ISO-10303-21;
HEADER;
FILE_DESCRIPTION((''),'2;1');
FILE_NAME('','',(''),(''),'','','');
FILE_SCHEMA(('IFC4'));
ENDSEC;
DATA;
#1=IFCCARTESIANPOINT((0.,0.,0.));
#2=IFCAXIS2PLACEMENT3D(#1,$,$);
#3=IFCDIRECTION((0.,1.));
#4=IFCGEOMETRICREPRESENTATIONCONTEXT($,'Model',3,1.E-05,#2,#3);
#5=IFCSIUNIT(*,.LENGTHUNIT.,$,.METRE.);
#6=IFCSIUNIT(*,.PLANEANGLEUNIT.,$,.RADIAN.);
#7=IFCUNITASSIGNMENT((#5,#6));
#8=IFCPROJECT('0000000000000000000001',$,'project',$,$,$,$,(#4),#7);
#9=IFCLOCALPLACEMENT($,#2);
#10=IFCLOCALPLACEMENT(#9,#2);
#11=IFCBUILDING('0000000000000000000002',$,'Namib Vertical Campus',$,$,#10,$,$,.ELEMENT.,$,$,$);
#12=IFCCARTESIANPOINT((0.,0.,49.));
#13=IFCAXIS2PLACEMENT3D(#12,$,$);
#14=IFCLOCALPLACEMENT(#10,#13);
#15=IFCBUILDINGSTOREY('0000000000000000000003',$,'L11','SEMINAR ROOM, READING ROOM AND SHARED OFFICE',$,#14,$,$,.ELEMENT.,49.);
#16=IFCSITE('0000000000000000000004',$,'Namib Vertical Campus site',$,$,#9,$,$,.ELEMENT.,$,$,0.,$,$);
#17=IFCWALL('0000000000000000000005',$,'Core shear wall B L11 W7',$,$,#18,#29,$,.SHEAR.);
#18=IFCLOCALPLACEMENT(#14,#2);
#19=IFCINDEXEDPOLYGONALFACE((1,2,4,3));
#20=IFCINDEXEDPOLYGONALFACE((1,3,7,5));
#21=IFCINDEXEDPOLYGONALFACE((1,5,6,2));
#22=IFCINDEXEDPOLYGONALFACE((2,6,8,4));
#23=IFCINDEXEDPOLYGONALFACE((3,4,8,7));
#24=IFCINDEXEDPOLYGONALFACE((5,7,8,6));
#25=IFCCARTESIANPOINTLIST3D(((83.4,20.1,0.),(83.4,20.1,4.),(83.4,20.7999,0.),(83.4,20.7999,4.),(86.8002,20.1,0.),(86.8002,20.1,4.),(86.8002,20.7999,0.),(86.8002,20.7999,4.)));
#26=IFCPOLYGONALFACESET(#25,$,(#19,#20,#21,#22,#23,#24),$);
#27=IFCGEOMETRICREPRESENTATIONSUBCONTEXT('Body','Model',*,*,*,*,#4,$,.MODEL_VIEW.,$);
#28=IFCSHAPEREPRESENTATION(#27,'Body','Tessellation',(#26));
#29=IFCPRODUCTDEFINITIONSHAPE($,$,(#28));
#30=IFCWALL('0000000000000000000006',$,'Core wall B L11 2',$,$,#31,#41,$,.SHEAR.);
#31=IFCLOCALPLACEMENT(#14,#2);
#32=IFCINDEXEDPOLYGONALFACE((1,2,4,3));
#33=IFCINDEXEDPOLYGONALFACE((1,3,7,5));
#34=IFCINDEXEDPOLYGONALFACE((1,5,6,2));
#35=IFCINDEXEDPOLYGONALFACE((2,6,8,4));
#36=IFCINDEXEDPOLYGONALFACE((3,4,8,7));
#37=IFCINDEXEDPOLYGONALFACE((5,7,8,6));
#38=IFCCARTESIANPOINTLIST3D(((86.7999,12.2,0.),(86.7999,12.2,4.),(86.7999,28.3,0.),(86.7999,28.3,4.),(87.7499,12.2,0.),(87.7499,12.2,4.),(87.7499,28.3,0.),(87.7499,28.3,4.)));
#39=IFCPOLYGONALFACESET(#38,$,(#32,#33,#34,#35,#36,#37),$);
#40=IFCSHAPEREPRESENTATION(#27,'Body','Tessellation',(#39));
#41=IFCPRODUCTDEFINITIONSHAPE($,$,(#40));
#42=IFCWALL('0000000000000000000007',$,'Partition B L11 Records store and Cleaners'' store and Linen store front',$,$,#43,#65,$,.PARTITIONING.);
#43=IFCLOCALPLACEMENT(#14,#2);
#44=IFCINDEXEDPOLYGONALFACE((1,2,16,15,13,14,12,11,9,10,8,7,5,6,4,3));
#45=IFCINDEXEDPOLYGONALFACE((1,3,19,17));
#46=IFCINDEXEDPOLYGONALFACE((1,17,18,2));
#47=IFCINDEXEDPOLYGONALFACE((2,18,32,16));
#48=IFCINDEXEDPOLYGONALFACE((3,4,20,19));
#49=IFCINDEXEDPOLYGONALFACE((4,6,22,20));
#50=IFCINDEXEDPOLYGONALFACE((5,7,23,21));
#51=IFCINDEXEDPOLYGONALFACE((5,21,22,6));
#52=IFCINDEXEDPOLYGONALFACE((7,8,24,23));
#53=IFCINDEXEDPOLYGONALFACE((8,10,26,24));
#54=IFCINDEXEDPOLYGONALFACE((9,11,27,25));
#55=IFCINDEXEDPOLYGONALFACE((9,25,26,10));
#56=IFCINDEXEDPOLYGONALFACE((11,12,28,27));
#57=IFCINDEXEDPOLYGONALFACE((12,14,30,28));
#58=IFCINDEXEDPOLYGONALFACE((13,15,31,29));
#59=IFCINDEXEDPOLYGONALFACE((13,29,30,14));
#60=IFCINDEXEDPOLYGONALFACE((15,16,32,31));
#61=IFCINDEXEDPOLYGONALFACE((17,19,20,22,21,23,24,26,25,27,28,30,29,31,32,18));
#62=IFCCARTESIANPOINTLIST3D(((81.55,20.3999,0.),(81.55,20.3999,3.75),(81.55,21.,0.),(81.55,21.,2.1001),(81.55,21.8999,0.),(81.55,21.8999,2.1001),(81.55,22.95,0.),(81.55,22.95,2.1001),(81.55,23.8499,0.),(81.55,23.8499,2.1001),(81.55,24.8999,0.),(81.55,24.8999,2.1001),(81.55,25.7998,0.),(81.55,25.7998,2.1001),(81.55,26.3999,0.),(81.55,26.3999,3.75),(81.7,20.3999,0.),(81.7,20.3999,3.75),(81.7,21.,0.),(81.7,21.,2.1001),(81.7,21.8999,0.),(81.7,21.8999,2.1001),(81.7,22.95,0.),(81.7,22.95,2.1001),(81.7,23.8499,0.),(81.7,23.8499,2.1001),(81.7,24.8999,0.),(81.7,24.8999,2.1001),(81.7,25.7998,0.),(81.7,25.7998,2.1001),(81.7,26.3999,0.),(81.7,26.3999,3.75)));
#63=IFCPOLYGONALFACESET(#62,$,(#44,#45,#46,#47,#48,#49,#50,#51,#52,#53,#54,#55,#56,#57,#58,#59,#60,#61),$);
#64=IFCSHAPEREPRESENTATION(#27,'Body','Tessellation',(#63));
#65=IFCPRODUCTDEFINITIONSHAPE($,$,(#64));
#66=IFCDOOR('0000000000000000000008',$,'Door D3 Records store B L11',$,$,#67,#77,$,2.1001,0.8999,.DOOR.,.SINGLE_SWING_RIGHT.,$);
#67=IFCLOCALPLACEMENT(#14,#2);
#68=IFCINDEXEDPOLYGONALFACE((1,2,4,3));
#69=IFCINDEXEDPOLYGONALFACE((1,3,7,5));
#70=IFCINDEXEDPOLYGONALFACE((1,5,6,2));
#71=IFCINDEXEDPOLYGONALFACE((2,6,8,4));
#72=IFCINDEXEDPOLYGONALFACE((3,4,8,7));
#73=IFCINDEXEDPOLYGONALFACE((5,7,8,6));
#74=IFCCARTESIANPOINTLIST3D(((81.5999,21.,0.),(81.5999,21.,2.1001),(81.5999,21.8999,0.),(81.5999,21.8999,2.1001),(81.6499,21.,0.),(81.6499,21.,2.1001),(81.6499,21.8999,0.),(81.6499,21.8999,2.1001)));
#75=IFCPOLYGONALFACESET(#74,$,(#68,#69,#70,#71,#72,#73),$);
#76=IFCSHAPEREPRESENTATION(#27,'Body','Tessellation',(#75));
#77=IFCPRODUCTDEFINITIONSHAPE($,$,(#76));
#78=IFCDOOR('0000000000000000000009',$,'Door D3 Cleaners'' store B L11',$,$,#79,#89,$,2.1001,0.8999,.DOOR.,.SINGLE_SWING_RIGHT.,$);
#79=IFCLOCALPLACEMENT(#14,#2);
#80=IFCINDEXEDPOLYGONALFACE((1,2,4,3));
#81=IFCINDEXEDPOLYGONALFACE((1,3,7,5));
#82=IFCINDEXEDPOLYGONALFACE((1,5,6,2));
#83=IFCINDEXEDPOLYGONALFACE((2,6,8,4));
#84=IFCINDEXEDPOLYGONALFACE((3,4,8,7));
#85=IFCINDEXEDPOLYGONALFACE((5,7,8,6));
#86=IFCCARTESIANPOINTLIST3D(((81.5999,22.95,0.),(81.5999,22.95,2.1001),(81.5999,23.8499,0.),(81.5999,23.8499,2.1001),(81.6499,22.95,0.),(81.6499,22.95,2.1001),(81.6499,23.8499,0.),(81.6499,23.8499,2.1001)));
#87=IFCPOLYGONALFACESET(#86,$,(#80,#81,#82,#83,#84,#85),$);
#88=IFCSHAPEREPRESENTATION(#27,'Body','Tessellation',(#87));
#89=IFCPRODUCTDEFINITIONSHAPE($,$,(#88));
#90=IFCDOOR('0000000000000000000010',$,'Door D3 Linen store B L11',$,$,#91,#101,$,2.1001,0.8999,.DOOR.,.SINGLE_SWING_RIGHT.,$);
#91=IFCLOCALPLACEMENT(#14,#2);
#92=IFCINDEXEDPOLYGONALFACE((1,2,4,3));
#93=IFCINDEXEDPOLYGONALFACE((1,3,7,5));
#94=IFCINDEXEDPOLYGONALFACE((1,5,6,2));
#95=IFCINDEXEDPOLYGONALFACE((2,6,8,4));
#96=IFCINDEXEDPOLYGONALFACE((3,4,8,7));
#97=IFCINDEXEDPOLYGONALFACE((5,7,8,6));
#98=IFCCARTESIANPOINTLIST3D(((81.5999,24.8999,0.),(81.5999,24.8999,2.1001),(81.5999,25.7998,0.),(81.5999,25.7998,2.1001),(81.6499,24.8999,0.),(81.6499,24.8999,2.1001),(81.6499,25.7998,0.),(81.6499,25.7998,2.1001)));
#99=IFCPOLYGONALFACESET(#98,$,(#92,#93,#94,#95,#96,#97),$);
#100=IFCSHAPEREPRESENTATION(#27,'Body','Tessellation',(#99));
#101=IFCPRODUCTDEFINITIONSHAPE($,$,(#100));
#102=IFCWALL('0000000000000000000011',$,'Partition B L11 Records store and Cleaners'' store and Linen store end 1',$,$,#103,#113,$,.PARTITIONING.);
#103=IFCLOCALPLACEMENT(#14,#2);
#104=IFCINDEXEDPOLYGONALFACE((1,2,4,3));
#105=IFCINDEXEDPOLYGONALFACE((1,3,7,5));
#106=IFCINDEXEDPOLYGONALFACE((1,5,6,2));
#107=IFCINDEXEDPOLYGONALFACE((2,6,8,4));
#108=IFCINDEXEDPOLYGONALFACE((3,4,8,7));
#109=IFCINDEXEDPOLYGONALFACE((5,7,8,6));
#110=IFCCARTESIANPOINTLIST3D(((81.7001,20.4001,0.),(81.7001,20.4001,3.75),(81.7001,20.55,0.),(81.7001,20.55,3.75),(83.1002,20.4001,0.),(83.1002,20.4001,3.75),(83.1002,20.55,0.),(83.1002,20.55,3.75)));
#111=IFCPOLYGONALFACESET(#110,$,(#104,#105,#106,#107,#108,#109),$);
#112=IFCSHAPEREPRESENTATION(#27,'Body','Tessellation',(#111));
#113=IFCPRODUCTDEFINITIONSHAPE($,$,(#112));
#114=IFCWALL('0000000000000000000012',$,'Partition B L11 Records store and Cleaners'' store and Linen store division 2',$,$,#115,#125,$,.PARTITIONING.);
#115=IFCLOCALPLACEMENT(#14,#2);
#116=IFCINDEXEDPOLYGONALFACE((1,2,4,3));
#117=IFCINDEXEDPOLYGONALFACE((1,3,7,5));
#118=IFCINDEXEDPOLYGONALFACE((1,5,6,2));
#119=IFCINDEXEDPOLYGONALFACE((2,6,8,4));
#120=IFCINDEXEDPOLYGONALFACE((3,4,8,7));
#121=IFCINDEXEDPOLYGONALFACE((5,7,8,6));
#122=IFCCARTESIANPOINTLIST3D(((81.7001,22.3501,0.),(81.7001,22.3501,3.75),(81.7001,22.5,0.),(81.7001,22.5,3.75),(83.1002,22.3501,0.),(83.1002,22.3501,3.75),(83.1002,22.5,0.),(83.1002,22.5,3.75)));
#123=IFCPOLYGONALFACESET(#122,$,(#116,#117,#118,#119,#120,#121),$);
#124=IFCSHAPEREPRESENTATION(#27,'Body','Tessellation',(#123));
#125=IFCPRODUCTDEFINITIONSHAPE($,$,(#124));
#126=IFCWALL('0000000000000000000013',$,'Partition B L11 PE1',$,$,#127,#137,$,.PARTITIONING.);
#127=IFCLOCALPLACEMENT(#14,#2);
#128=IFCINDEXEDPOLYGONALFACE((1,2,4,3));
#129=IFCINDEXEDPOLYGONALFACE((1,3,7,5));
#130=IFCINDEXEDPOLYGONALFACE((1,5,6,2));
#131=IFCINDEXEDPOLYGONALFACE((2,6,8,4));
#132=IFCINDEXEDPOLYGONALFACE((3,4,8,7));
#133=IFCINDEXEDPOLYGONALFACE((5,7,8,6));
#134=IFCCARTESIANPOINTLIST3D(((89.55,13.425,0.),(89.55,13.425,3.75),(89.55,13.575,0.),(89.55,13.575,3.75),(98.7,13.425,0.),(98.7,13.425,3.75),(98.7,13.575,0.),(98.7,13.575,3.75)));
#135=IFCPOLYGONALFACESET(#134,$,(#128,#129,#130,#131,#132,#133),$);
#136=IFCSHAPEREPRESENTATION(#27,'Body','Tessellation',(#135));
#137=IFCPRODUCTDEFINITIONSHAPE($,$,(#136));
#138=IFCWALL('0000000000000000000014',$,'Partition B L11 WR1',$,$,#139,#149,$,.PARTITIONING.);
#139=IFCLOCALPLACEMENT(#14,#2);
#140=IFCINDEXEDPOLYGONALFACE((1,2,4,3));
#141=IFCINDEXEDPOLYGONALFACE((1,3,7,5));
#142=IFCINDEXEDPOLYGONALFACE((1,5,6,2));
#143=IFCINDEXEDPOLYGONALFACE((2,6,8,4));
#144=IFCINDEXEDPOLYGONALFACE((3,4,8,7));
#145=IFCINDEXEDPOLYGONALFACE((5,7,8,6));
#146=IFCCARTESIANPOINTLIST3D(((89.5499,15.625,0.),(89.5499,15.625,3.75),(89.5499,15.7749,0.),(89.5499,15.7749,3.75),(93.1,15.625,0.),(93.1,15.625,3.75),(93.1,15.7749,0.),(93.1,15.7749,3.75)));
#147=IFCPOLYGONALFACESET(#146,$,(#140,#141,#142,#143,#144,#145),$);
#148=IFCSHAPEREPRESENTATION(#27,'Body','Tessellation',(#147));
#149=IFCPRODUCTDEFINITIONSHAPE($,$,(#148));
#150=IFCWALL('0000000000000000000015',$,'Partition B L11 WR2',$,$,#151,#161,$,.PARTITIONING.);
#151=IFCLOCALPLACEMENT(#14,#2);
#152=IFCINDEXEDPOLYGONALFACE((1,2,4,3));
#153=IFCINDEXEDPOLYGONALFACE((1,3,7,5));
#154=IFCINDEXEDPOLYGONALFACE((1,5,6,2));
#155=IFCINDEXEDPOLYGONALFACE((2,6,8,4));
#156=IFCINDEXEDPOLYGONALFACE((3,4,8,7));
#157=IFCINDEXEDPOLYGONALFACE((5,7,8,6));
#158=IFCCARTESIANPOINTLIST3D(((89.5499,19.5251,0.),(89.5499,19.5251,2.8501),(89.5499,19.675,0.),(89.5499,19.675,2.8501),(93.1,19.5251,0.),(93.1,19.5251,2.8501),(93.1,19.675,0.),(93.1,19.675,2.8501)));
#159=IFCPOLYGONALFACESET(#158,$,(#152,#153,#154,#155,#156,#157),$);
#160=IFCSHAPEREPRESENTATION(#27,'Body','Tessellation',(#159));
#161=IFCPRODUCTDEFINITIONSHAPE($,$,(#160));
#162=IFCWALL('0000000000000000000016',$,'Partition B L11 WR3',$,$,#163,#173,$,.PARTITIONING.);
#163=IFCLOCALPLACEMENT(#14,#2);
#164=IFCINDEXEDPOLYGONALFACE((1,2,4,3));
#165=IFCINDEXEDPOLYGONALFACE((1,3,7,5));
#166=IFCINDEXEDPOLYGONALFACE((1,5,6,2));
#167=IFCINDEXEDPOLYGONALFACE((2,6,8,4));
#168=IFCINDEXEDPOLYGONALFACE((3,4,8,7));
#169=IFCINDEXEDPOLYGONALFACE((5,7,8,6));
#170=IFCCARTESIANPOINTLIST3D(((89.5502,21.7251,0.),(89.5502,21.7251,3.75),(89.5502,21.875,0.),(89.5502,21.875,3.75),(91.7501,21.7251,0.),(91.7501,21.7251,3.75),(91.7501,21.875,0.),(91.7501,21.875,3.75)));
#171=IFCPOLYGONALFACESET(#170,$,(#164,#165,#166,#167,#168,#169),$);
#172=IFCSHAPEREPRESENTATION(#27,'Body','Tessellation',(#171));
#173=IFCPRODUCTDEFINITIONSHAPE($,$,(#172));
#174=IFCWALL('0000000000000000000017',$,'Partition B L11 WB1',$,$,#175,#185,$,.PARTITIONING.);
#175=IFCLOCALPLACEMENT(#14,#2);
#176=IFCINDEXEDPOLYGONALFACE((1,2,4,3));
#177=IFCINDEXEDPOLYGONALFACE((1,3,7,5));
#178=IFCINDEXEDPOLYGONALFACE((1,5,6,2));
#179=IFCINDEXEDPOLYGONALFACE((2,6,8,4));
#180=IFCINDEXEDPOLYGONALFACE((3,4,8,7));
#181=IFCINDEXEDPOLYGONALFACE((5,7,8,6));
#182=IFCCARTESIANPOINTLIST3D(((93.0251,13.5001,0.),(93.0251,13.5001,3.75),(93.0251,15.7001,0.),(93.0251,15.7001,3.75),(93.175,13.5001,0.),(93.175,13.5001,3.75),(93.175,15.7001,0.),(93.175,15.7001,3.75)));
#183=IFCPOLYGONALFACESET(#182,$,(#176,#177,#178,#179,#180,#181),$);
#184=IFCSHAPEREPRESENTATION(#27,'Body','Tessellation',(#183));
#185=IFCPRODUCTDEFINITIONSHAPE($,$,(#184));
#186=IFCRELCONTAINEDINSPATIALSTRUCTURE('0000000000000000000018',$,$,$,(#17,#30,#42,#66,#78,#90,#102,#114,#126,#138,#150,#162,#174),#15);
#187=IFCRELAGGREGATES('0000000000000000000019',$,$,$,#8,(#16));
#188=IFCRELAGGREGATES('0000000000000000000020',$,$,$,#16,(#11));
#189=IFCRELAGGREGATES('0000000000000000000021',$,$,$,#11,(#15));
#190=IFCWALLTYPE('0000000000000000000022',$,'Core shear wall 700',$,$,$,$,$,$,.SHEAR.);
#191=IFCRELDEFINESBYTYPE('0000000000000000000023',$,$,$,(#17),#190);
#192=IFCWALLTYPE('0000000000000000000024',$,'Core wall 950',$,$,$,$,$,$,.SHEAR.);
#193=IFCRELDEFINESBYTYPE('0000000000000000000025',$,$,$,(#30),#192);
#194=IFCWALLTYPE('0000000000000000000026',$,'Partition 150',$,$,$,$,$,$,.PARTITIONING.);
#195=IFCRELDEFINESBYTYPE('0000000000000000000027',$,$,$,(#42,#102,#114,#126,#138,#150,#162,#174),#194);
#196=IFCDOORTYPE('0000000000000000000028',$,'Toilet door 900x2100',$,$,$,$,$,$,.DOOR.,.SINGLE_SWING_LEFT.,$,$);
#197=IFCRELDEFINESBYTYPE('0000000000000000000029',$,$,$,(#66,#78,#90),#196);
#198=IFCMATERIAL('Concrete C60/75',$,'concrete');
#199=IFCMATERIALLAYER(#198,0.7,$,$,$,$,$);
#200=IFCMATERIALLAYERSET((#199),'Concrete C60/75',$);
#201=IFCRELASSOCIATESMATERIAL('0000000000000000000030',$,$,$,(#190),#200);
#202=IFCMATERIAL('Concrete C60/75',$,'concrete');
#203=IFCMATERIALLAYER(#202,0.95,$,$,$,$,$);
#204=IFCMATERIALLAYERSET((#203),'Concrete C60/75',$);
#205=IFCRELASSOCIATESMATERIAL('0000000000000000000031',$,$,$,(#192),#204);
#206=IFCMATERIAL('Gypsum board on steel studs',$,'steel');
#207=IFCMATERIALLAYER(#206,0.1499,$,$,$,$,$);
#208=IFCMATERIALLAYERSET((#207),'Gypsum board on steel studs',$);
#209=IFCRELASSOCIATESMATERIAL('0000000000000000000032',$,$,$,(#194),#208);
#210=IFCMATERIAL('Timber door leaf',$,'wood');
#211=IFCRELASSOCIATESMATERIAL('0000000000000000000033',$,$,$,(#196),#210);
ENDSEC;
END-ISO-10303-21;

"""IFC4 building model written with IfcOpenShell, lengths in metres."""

from ifc_helpers import new_model, si_unit, direction, frame, frame_2d, origin, place, context, subcontext, project, spatial, rectangle, extrude, material, layer, layer_set, type_object, element, fill, save


model = new_model("IFC4")

# Units and contexts
model_context = context("Model", 3, precision=1e-05, world=origin(), true_north=direction((0.0, 1.0)))
body_context = subcontext(model_context, "Body", "Model", "MODEL_VIEW")
ifc_project = project(units=[si_unit("LENGTHUNIT", "METRE"), si_unit("PLANEANGLEUNIT", "RADIAN")], contexts=[model_context])

# Site, building, storey
site_placement = place(None, origin())
site = spatial("IfcSite", under=ifc_project, at=site_placement, Name="Namib Vertical Campus site", CompositionType="ELEMENT", RefElevation=0.0)
building_placement = place(site_placement, origin())
building = spatial("IfcBuilding", under=site, at=building_placement, Name="Namib Vertical Campus", CompositionType="ELEMENT")
storey_placement = place(building_placement, frame((0.0, 0.0, 49.0)))
storey = spatial("IfcBuildingStorey", under=building, at=storey_placement, Name="L11", Description="SEMINAR ROOM, READING ROOM AND SHARED OFFICE", CompositionType="ELEMENT", Elevation=49.0)

# Walls
ifc_material_1 = material(Name="Concrete C60/75", Category="concrete")
ifc_layer_1 = layer(ifc_material_1, 0.7)
ifc_layer_set_1 = layer_set([ifc_layer_1], Name="Concrete C60/75")
wall_type_1 = type_object("IfcWallType", Name="Core shear wall 700", PredefinedType="SHEAR", material=ifc_layer_set_1)
wall_1_placement = place(storey_placement, frame((83.3999, 20.45, 0.0), z_axis=(0.0, 0.0, 1.0), x_axis=(1.0, 0.0, 0.0)))
element("IfcWall", 1, at=wall_1_placement, inside=storey, type_object=wall_type_1, Name="Core shear wall B L11 W7", PredefinedType="SHEAR", context=body_context, shape_type="SweptSolid", body=[
    extrude(rectangle(XDim=3.4001, YDim=0.7, at=frame_2d((1.7002, 0.0))), origin(), (0.0, 0.0, 1.0), 4.0),
])
ifc_material_2 = material(Name="Concrete C60/75", Category="concrete")
ifc_layer_2 = layer(ifc_material_2, 0.95)
ifc_layer_set_2 = layer_set([ifc_layer_2], Name="Concrete C60/75")
wall_type_2 = type_object("IfcWallType", Name="Core wall 950", PredefinedType="SHEAR", material=ifc_layer_set_2)
wall_2_placement = place(storey_placement, frame((87.2749, 12.2, 0.0), z_axis=(0.0, 0.0, 1.0), x_axis=(0.0, 1.0, 0.0)))
element("IfcWall", 2, at=wall_2_placement, inside=storey, type_object=wall_type_2, Name="Core wall B L11 2", PredefinedType="SHEAR", context=body_context, shape_type="SweptSolid", body=[
    extrude(rectangle(XDim=16.1001, YDim=0.95, at=frame_2d((8.05, 0.0))), origin(), (0.0, 0.0, 1.0), 4.0),
])

# Wall, openings, doors
ifc_material_3 = material(Name="Gypsum board on steel studs", Category="steel")
ifc_layer_3 = layer(ifc_material_3, 0.1499)
ifc_layer_set_3 = layer_set([ifc_layer_3], Name="Gypsum board on steel studs")
wall_type_3 = type_object("IfcWallType", Name="Partition 150", PredefinedType="PARTITIONING", material=ifc_layer_set_3)
wall_3_placement = place(storey_placement, frame((81.625, 20.3999, 0.0), z_axis=(0.0, 0.0, 1.0), x_axis=(0.0, 1.0, 0.0)))
wall_3 = element("IfcWall", 3, at=wall_3_placement, inside=storey, type_object=wall_type_3, Name="Partition B L11 Records store and Cleaners' store and Linen store front", PredefinedType="PARTITIONING", context=body_context, shape_type="SweptSolid", body=[
    extrude(rectangle(XDim=6.0, YDim=0.1499, at=frame_2d((3.0, 0.0))), origin(), (0.0, 0.0, 1.0), 3.75),
])
opening_1_placement = place(wall_3_placement, frame((0.6001, 0.0, 0.0)))
opening_1 = element("IfcOpeningElement", 4, at=opening_1_placement, cuts=wall_3, PredefinedType="OPENING", context=body_context, shape_type="SweptSolid", body=[
    extrude(rectangle(XDim=0.8999, YDim=2.1001, at=frame_2d((0.45, 1.05))), frame((0.0, 0.085, 0.0), z_axis=(0.0, -1.0, 0.0), x_axis=(1.0, 0.0, 0.0)), (0.0, 0.0, 1.0), 0.1699),
])
opening_2_placement = place(wall_3_placement, frame((2.55, 0.0, 0.0)))
opening_2 = element("IfcOpeningElement", 5, at=opening_2_placement, cuts=wall_3, PredefinedType="OPENING", context=body_context, shape_type="SweptSolid", body=[
    extrude(rectangle(XDim=0.8999, YDim=2.1001, at=frame_2d((0.45, 1.05))), frame((0.0, 0.085, 0.0), z_axis=(0.0, -1.0, 0.0), x_axis=(1.0, 0.0, 0.0)), (0.0, 0.0, 1.0), 0.1699),
])
opening_3_placement = place(wall_3_placement, frame((4.5, 0.0, 0.0)))
opening_3 = element("IfcOpeningElement", 6, at=opening_3_placement, cuts=wall_3, PredefinedType="OPENING", context=body_context, shape_type="SweptSolid", body=[
    extrude(rectangle(XDim=0.8999, YDim=2.1001, at=frame_2d((0.45, 1.05))), frame((0.0, 0.085, 0.0), z_axis=(0.0, -1.0, 0.0), x_axis=(1.0, 0.0, 0.0)), (0.0, 0.0, 1.0), 0.1699),
])
ifc_material_4 = material(Name="Timber door leaf", Category="wood")
door_type_1 = type_object("IfcDoorType", Name="Toilet door 900x2100", OperationType="SINGLE_SWING_LEFT", PredefinedType="DOOR", material=ifc_material_4)
door_1_placement = place(opening_1_placement, frame((0.8999, 0.0, 0.0), z_axis=(0.0, 0.0, 1.0), x_axis=(-1.0, 0.0, 0.0)))
door_1 = element("IfcDoor", 7, at=door_1_placement, inside=storey, type_object=door_type_1, Name="Door D3 Records store B L11", OperationType="SINGLE_SWING_RIGHT", OverallHeight=2.1001, OverallWidth=0.8999, PredefinedType="DOOR", context=body_context, shape_type="SweptSolid", body=[
    extrude(rectangle(XDim=0.8999, YDim=2.1001, at=frame_2d((0.45, 1.05))), frame((0.0, 0.0249, 0.0), z_axis=(0.0, -1.0, 0.0), x_axis=(1.0, 0.0, 0.0)), (0.0, 0.0, 1.0), 0.05),
])
fill(opening_1, door_1)
door_2_placement = place(opening_2_placement, frame((0.8999, 0.0, 0.0), z_axis=(0.0, 0.0, 1.0), x_axis=(-1.0, 0.0, 0.0)))
door_2 = element("IfcDoor", 8, at=door_2_placement, inside=storey, type_object=door_type_1, Name="Door D3 Cleaners' store B L11", OperationType="SINGLE_SWING_RIGHT", OverallHeight=2.1001, OverallWidth=0.8999, PredefinedType="DOOR", context=body_context, shape_type="SweptSolid", body=[
    extrude(rectangle(XDim=0.8999, YDim=2.1001, at=frame_2d((0.45, 1.05))), frame((0.0, 0.0249, 0.0), z_axis=(0.0, -1.0, 0.0), x_axis=(1.0, 0.0, 0.0)), (0.0, 0.0, 1.0), 0.05),
])
fill(opening_2, door_2)
door_3_placement = place(opening_3_placement, frame((0.8999, 0.0, 0.0), z_axis=(0.0, 0.0, 1.0), x_axis=(-1.0, 0.0, 0.0)))
door_3 = element("IfcDoor", 9, at=door_3_placement, inside=storey, type_object=door_type_1, Name="Door D3 Linen store B L11", OperationType="SINGLE_SWING_RIGHT", OverallHeight=2.1001, OverallWidth=0.8999, PredefinedType="DOOR", context=body_context, shape_type="SweptSolid", body=[
    extrude(rectangle(XDim=0.8999, YDim=2.1001, at=frame_2d((0.45, 1.05))), frame((0.0, 0.0249, 0.0), z_axis=(0.0, -1.0, 0.0), x_axis=(1.0, 0.0, 0.0)), (0.0, 0.0, 1.0), 0.05),
])
fill(opening_3, door_3)

# Walls
for number, where, z_axis, x_axis, name in (
    (10, (81.7, 20.4751, 0.0), (0.0, 0.0, 1.0), (1.0, 0.0, 0.0), "Partition B L11 Records store and Cleaners' store and Linen store end 1"),
    (11, (81.7, 22.425, 0.0), (0.0, 0.0, 1.0), (1.0, 0.0, 0.0), "Partition B L11 Records store and Cleaners' store and Linen store division 2"),
):
    element("IfcWall", number, at=place(storey_placement, frame(where, z_axis=z_axis, x_axis=x_axis)), inside=storey, type_object=wall_type_3, Name=name, PredefinedType="PARTITIONING", context=body_context, shape_type="SweptSolid", body=[
        extrude(rectangle(XDim=1.4001, YDim=0.1499, at=frame_2d((0.7002, 0.0))), origin(), (0.0, 0.0, 1.0), 3.75),
    ])
wall_4_placement = place(storey_placement, frame((89.55, 13.5, 0.0), z_axis=(0.0, 0.0, 1.0), x_axis=(1.0, 0.0, 0.0)))
element("IfcWall", 12, at=wall_4_placement, inside=storey, type_object=wall_type_3, Name="Partition B L11 PE1", PredefinedType="PARTITIONING", context=body_context, shape_type="SweptSolid", body=[
    extrude(rectangle(XDim=9.1499, YDim=0.1499, at=frame_2d((4.575, 0.0))), origin(), (0.0, 0.0, 1.0), 3.75),
])
wall_5_placement = place(storey_placement, frame((89.55, 15.7, 0.0), z_axis=(0.0, 0.0, 1.0), x_axis=(1.0, 0.0, 0.0)))
element("IfcWall", 13, at=wall_5_placement, inside=storey, type_object=wall_type_3, Name="Partition B L11 WR1", PredefinedType="PARTITIONING", context=body_context, shape_type="SweptSolid", body=[
    extrude(rectangle(XDim=3.55, YDim=0.1499, at=frame_2d((1.7749, 0.0))), origin(), (0.0, 0.0, 1.0), 3.75),
])
wall_6_placement = place(storey_placement, frame((89.55, 19.6001, 0.0), z_axis=(0.0, 0.0, 1.0), x_axis=(1.0, 0.0, 0.0)))
element("IfcWall", 14, at=wall_6_placement, inside=storey, type_object=wall_type_3, Name="Partition B L11 WR2", PredefinedType="PARTITIONING", context=body_context, shape_type="SweptSolid", body=[
    extrude(rectangle(XDim=3.55, YDim=0.1499, at=frame_2d((1.7749, 0.0))), origin(), (0.0, 0.0, 1.0), 2.8501),
])
for number, where, z_axis, x_axis, name in (
    (15, (89.55, 21.8, 0.0), (0.0, 0.0, 1.0), (1.0, 0.0, 0.0), "Partition B L11 WR3"),
    (16, (93.1001, 13.5, 0.0), (0.0, 0.0, 1.0), (0.0, 1.0, 0.0), "Partition B L11 WB1"),
):
    element("IfcWall", number, at=place(storey_placement, frame(where, z_axis=z_axis, x_axis=x_axis)), inside=storey, type_object=wall_type_3, Name=name, PredefinedType="PARTITIONING", context=body_context, shape_type="SweptSolid", body=[
        extrude(rectangle(XDim=2.2, YDim=0.1499, at=frame_2d((1.1001, 0.0))), origin(), (0.0, 0.0, 1.0), 3.75),
    ])

save(model, "model.ifc")
